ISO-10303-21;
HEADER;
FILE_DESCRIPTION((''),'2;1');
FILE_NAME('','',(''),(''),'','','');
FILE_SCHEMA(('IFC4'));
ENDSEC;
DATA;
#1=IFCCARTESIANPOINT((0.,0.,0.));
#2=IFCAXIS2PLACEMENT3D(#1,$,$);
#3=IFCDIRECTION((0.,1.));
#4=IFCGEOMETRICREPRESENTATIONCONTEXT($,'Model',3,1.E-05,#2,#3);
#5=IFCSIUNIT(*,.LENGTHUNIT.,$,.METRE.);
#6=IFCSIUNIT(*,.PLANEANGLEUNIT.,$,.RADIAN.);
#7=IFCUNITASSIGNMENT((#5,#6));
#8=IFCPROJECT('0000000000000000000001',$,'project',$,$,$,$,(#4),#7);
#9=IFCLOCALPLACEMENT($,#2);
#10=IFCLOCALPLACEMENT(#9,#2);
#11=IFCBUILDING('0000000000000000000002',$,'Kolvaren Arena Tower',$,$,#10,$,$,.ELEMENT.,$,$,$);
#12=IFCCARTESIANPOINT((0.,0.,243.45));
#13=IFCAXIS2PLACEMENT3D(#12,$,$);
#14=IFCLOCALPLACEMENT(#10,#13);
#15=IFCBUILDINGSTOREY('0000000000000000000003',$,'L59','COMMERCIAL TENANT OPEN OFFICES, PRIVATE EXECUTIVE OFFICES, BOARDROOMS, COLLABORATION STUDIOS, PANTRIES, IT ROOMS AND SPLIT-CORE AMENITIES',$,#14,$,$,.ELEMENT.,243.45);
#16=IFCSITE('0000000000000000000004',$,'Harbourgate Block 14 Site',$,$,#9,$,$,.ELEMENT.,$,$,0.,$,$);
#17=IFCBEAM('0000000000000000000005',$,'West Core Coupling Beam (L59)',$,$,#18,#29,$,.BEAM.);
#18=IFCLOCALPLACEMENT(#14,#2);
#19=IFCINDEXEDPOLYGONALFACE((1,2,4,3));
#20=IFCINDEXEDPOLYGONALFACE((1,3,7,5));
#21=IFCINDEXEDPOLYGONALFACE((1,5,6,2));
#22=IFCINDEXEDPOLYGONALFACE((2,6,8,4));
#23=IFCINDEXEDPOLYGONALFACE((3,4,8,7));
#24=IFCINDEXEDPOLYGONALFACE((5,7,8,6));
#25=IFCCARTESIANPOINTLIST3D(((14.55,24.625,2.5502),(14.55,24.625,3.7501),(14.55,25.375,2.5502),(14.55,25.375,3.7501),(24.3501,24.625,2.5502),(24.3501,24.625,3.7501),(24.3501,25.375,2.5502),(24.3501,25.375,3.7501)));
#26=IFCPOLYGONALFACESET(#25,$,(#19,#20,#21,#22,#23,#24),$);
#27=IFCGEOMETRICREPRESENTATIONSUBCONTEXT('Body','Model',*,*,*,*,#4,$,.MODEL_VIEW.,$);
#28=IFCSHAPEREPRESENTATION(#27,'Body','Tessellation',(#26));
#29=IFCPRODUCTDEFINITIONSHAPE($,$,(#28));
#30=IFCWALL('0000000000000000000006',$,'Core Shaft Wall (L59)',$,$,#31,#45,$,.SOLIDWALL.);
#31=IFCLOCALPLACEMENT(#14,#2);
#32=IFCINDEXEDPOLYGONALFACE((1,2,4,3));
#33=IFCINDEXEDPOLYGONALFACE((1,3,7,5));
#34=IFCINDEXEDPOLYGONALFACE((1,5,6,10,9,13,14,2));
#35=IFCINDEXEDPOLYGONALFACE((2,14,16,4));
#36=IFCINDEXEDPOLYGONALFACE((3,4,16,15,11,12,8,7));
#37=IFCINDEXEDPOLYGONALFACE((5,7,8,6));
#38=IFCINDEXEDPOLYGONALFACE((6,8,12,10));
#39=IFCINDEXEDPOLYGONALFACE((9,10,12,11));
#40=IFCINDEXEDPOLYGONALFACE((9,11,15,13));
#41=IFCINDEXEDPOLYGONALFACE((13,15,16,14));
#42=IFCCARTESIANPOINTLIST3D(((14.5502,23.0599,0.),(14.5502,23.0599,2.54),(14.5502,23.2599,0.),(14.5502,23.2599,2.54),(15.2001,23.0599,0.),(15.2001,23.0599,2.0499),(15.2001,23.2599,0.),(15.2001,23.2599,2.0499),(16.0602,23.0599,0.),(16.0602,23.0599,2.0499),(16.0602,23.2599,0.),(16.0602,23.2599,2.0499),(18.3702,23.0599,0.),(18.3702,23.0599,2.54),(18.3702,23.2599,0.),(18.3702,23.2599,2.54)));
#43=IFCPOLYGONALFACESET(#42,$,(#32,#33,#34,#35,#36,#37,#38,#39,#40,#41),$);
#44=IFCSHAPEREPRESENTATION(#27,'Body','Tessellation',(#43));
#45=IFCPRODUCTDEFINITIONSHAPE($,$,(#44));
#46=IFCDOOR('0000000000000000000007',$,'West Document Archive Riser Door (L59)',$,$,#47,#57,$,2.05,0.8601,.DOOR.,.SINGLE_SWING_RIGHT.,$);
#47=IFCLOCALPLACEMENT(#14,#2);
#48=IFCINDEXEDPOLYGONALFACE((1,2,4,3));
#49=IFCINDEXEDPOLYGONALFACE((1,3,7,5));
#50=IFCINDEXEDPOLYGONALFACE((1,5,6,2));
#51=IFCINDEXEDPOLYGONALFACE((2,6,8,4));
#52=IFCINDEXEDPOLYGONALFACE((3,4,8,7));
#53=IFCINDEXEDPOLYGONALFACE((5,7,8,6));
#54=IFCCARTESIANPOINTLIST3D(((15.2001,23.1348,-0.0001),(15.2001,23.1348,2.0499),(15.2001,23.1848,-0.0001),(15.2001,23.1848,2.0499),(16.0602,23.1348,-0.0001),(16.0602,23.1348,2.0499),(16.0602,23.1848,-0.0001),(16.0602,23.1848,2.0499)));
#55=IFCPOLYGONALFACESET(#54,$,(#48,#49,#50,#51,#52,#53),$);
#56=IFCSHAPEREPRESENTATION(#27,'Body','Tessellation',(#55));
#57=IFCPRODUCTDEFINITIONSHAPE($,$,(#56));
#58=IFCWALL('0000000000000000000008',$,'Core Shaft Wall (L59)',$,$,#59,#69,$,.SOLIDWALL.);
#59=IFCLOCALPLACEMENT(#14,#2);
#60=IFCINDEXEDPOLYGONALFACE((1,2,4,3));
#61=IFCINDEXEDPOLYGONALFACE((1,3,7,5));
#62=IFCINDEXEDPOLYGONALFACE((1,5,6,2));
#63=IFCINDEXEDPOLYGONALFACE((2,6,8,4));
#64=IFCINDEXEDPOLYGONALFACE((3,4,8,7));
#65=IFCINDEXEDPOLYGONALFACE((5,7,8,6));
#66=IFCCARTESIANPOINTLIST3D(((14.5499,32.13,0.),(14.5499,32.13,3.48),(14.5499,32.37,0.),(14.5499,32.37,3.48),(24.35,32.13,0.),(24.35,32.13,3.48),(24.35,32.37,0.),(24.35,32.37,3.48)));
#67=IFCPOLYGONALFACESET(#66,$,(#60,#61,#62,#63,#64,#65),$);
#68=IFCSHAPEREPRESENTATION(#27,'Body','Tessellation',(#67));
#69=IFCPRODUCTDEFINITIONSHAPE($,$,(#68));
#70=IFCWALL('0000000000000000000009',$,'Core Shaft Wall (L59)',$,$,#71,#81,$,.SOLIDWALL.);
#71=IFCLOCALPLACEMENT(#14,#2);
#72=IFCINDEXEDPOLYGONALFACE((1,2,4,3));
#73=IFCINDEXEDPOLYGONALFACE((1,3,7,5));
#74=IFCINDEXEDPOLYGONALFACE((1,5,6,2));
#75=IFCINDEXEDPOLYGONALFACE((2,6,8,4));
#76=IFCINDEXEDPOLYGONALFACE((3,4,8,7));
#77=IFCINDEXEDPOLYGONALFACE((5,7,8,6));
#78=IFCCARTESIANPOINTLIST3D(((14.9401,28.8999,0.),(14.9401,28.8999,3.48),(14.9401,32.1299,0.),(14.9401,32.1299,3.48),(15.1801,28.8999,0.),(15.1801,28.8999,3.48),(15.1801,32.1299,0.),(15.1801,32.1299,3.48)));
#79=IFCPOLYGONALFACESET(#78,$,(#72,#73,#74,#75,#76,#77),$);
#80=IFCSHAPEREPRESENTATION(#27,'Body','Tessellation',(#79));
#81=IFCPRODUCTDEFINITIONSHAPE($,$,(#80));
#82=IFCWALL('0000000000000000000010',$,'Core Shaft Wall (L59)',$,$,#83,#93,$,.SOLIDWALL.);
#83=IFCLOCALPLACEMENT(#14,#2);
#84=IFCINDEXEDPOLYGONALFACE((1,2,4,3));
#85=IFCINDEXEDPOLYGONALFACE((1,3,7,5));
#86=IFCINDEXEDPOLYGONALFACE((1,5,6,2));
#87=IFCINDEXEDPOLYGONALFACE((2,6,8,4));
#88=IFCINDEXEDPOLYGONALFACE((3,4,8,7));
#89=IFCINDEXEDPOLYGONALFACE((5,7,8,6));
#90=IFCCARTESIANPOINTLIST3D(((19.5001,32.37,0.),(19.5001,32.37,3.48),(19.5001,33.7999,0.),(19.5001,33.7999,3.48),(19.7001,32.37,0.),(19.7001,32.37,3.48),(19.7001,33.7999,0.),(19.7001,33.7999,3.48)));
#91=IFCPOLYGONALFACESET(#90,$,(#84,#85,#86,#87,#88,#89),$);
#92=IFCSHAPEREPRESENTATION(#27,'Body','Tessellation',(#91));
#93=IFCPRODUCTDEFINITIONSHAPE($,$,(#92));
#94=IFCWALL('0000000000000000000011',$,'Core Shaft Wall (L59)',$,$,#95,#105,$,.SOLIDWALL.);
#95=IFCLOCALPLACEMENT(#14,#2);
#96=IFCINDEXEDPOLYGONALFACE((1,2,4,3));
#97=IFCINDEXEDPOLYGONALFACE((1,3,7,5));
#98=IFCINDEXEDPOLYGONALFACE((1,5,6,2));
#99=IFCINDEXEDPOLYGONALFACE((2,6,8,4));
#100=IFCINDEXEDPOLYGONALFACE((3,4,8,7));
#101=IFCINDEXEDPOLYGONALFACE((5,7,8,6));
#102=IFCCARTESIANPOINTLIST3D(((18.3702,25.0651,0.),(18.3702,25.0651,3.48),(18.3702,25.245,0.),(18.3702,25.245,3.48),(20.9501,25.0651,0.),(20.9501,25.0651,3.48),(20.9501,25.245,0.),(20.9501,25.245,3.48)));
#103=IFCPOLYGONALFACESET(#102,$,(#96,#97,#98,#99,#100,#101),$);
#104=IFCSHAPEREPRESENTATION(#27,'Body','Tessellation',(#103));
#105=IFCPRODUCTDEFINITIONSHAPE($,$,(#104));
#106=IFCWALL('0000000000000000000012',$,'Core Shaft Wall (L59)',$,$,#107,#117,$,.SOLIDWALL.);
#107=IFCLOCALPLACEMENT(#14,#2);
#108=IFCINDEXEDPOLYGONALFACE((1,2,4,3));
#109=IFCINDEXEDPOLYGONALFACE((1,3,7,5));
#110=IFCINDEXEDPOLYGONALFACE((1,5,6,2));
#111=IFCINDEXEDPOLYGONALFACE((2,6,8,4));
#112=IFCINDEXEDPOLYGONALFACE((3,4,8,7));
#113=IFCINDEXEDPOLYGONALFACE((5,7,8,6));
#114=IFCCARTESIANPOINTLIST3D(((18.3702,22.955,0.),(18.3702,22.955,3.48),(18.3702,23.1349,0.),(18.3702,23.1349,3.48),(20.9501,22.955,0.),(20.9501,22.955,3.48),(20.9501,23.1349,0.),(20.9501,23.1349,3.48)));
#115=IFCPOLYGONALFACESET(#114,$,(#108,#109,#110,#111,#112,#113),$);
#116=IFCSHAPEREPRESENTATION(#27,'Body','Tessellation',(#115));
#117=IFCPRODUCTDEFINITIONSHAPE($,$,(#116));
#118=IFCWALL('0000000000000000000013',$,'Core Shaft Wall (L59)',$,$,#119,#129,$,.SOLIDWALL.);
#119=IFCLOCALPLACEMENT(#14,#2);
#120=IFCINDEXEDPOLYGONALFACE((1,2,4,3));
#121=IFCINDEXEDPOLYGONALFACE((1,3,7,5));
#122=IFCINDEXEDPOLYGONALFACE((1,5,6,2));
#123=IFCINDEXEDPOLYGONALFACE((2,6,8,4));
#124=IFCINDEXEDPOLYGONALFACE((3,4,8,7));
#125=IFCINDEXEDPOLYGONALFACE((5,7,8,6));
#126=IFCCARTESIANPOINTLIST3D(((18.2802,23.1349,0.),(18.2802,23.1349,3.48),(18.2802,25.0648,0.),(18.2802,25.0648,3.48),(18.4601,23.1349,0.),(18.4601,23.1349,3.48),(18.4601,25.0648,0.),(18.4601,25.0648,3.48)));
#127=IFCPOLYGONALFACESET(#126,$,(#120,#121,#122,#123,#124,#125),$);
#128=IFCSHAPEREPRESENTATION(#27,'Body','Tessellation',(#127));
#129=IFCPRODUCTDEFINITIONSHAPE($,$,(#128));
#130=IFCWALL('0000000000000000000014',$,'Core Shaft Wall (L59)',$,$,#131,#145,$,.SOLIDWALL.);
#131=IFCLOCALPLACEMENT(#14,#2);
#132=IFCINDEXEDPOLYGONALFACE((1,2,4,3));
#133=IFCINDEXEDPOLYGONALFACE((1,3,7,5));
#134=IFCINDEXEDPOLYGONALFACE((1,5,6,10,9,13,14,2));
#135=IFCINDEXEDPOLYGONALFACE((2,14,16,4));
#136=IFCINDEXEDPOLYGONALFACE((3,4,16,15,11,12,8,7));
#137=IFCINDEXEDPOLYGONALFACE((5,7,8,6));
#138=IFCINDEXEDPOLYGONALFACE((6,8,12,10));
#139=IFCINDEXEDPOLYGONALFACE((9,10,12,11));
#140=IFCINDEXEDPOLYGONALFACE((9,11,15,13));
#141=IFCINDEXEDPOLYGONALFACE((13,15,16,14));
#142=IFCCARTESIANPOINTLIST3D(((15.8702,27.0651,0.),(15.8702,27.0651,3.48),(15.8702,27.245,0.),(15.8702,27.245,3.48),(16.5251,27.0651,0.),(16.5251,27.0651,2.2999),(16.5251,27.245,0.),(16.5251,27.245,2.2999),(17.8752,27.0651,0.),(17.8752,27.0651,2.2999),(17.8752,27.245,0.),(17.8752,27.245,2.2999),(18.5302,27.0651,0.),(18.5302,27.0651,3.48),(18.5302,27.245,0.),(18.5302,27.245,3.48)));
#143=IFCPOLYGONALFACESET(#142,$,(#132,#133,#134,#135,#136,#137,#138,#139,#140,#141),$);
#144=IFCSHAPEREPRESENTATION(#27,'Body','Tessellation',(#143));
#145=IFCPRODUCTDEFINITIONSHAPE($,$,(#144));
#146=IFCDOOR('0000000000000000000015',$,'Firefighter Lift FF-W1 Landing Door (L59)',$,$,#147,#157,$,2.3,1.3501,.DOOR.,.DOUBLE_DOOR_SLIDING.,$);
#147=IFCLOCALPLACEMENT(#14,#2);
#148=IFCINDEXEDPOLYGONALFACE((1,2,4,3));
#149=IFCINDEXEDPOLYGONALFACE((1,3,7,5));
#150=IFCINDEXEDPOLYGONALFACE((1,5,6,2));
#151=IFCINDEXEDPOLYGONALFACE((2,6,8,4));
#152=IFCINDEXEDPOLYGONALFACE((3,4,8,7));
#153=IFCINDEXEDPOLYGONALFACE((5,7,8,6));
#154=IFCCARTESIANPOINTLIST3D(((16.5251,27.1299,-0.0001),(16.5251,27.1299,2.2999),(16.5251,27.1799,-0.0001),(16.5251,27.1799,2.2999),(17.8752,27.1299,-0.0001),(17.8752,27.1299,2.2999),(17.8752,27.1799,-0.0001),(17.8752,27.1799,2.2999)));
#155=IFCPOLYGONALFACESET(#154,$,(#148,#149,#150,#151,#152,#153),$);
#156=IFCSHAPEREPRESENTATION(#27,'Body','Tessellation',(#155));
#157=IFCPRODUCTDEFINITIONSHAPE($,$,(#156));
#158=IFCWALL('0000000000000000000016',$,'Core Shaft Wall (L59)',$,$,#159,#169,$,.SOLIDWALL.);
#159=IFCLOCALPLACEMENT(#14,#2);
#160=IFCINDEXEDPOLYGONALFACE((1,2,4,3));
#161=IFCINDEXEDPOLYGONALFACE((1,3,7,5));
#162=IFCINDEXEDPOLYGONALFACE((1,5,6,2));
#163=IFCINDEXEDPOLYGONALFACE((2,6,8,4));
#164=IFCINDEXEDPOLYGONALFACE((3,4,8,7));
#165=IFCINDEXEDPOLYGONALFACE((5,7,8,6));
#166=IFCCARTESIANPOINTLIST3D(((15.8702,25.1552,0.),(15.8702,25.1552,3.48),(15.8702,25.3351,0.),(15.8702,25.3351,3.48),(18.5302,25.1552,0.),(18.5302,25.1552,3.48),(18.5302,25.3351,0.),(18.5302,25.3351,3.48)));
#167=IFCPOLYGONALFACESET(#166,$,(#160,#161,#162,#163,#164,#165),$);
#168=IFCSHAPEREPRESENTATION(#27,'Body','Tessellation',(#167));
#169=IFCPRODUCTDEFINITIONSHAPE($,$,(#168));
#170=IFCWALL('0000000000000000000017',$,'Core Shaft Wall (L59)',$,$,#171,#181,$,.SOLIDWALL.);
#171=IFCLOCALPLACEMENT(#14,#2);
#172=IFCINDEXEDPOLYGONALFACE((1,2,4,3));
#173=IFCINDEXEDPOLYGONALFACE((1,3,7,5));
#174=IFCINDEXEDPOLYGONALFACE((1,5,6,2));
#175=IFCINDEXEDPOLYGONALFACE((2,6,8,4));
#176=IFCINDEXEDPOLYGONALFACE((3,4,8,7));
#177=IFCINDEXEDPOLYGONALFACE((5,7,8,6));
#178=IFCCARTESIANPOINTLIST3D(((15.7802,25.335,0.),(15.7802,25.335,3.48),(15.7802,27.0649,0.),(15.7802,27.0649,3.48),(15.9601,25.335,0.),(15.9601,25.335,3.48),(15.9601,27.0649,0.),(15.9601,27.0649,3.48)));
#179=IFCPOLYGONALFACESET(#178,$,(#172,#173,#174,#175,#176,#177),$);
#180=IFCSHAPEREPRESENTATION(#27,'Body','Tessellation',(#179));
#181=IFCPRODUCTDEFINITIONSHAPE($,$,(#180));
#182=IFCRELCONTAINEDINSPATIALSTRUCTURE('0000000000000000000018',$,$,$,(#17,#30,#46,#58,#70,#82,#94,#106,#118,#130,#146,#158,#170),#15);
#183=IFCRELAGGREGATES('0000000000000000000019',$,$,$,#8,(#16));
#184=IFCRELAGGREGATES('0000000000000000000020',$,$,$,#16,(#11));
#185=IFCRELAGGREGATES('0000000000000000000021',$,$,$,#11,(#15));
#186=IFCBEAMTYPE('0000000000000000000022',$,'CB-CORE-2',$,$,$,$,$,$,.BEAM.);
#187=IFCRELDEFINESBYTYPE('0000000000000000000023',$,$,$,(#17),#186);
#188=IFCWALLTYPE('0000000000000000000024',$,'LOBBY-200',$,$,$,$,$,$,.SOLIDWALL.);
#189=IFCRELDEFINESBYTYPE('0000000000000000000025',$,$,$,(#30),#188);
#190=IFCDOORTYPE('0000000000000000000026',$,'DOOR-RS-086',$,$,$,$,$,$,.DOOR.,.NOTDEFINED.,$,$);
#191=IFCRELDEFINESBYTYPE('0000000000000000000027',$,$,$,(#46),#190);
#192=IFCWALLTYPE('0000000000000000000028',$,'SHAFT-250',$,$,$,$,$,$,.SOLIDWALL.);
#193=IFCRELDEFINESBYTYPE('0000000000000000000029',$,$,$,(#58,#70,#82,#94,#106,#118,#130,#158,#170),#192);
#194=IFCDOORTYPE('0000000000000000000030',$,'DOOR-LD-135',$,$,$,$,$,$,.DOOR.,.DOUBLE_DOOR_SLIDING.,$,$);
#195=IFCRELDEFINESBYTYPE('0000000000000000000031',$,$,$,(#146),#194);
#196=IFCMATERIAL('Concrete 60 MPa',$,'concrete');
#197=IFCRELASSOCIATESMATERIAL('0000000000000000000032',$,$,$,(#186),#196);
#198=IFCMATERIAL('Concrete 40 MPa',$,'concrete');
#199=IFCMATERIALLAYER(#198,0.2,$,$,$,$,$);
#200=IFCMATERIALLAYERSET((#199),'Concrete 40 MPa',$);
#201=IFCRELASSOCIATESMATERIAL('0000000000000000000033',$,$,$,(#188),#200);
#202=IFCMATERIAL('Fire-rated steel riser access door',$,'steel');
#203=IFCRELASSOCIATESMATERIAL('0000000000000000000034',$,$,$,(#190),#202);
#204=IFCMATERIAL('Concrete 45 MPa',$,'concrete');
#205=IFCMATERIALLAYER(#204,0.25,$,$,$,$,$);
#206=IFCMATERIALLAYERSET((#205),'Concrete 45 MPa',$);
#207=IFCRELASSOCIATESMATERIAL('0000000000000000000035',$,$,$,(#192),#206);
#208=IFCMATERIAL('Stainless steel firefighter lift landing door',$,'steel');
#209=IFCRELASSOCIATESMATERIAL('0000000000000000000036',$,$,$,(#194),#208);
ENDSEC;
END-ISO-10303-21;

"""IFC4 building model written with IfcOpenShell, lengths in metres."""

from ifc_helpers import new_model, si_unit, direction, frame, frame_2d, origin, origin_2d, place, context, subcontext, project, spatial, rectangle, extrude, material, layer, layer_set, material_profile, profile_set, type_object, element, fill, save


model = new_model("IFC4")

# Units and contexts
model_context = context("Model", 3, precision=1e-05, world=origin(), true_north=direction((0.0, 1.0)))
body_context = subcontext(model_context, "Body", "Model", "MODEL_VIEW")
ifc_project = project(units=[si_unit("LENGTHUNIT", "METRE"), si_unit("PLANEANGLEUNIT", "RADIAN")], contexts=[model_context])

# Site, building, storey
site_placement = place(None, origin())
site = spatial("IfcSite", under=ifc_project, at=site_placement, Name="Harbourgate Block 14 Site", CompositionType="ELEMENT", RefElevation=0.0)
building_placement = place(site_placement, origin())
building = spatial("IfcBuilding", under=site, at=building_placement, Name="Kolvaren Arena Tower", CompositionType="ELEMENT")
storey_placement = place(building_placement, frame((0.0, 0.0, 243.45)))
storey = spatial("IfcBuildingStorey", under=building, at=storey_placement, Name="L59", Description="COMMERCIAL TENANT OPEN OFFICES, PRIVATE EXECUTIVE OFFICES, BOARDROOMS, COLLABORATION STUDIOS, PANTRIES, IT ROOMS AND SPLIT-CORE AMENITIES", CompositionType="ELEMENT", Elevation=243.45)

# Beam
ifc_material_1 = material(Name="Concrete 60 MPa", Category="concrete")
ifc_material_profile = material_profile(ifc_material_1, rectangle(XDim=0.75, YDim=1.2, at=origin_2d()), Name="RC-750x1200")
ifc_profile_set = profile_set([ifc_material_profile], Name="Concrete 60 MPa")
beam_type = type_object("IfcBeamType", Name="CB-CORE-2", PredefinedType="BEAM", material=ifc_profile_set)
beam_placement = place(storey_placement, frame((14.55, 25.0, 3.1501), z_axis=(1.0, 0.0, 0.0), x_axis=(0.0, 1.0, 0.0)))
element("IfcBeam", 1, at=beam_placement, inside=storey, type_object=beam_type, Name="West Core Coupling Beam (L59)", PredefinedType="BEAM", context=body_context, shape_type="SweptSolid", body=[
    extrude(rectangle(XDim=0.75, YDim=1.2, at=origin_2d()), origin(), (0.0, 0.0, 1.0), 9.8),
])

# Wall, opening, door
ifc_material_2 = material(Name="Concrete 40 MPa", Category="concrete")
ifc_layer_1 = layer(ifc_material_2, 0.2)
ifc_layer_set_1 = layer_set([ifc_layer_1], Name="Concrete 40 MPa")
wall_type_1 = type_object("IfcWallType", Name="LOBBY-200", PredefinedType="SOLIDWALL", material=ifc_layer_set_1)
wall_1_placement = place(storey_placement, frame((14.55, 23.1599, 0.0), z_axis=(0.0, 0.0, 1.0), x_axis=(1.0, 0.0, 0.0)))
wall_1 = element("IfcWall", 2, at=wall_1_placement, inside=storey, type_object=wall_type_1, Name="Core Shaft Wall (L59)", PredefinedType="SOLIDWALL", context=body_context, shape_type="SweptSolid", body=[
    extrude(rectangle(XDim=3.8201, YDim=0.2, at=frame_2d((1.9102, 0.0))), origin(), (0.0, 0.0, 1.0), 2.54),
])
opening_1_placement = place(wall_1_placement, frame((0.6499, 0.0, 0.0)))
opening_1 = element("IfcOpeningElement", 3, at=opening_1_placement, cuts=wall_1, PredefinedType="OPENING", context=body_context, shape_type="SweptSolid", body=[
    extrude(rectangle(XDim=0.8601, YDim=2.05, at=frame_2d((0.4302, 1.0249))), frame((0.0, 0.1099, 0.0), z_axis=(0.0, -1.0, 0.0), x_axis=(1.0, 0.0, 0.0)), (0.0, 0.0, 1.0), 0.22),
])
ifc_material_3 = material(Name="Fire-rated steel riser access door", Category="steel")
door_type_1 = type_object("IfcDoorType", Name="DOOR-RS-086", OperationType="NOTDEFINED", PredefinedType="DOOR", material=ifc_material_3)
door_1_placement = place(opening_1_placement, origin())
door_1 = element("IfcDoor", 4, at=door_1_placement, inside=storey, type_object=door_type_1, Name="West Document Archive Riser Door (L59)", OperationType="SINGLE_SWING_RIGHT", OverallHeight=2.05, OverallWidth=0.8601, PredefinedType="DOOR", context=body_context, shape_type="SweptSolid", body=[
    extrude(rectangle(XDim=0.8601, YDim=2.05, at=frame_2d((0.4302, 1.0249))), frame((0.0, 0.0249, 0.0), z_axis=(0.0, -1.0, 0.0), x_axis=(1.0, 0.0, 0.0)), (0.0, 0.0, 1.0), 0.05),
])
fill(opening_1, door_1)

# Walls
ifc_material_4 = material(Name="Concrete 45 MPa", Category="concrete")
ifc_layer_2 = layer(ifc_material_4, 0.25)
ifc_layer_set_2 = layer_set([ifc_layer_2], Name="Concrete 45 MPa")
wall_type_2 = type_object("IfcWallType", Name="SHAFT-250", PredefinedType="SOLIDWALL", material=ifc_layer_set_2)
wall_2_placement = place(storey_placement, frame((14.55, 32.25, 0.0), z_axis=(0.0, 0.0, 1.0), x_axis=(1.0, 0.0, 0.0)))
element("IfcWall", 5, at=wall_2_placement, inside=storey, type_object=wall_type_2, Name="Core Shaft Wall (L59)", PredefinedType="SOLIDWALL", context=body_context, shape_type="SweptSolid", body=[
    extrude(rectangle(XDim=9.8, YDim=0.24, at=frame_2d((4.8999, 0.0))), origin(), (0.0, 0.0, 1.0), 3.48),
])
wall_3_placement = place(storey_placement, frame((15.0601, 28.8999, 0.0), z_axis=(0.0, 0.0, 1.0), x_axis=(0.0, 1.0, 0.0)))
element("IfcWall", 6, at=wall_3_placement, inside=storey, type_object=wall_type_2, Name="Core Shaft Wall (L59)", PredefinedType="SOLIDWALL", context=body_context, shape_type="SweptSolid", body=[
    extrude(rectangle(XDim=3.23, YDim=0.24, at=frame_2d((1.615, 0.0))), origin(), (0.0, 0.0, 1.0), 3.48),
])
wall_4_placement = place(storey_placement, frame((19.6001, 32.3701, 0.0), z_axis=(0.0, 0.0, 1.0), x_axis=(0.0, 1.0, 0.0)))
element("IfcWall", 7, at=wall_4_placement, inside=storey, type_object=wall_type_2, Name="Core Shaft Wall (L59)", PredefinedType="SOLIDWALL", context=body_context, shape_type="SweptSolid", body=[
    extrude(rectangle(XDim=1.4299, YDim=0.2, at=frame_2d((0.7148, 0.0))), origin(), (0.0, 0.0, 1.0), 3.48),
])
for number, where, z_axis, x_axis, name in (
    (8, (18.3701, 25.155, 0.0), (0.0, 0.0, 1.0), (1.0, 0.0, 0.0), "Core Shaft Wall (L59)"),
    (9, (18.3701, 23.0449, 0.0), (0.0, 0.0, 1.0), (1.0, 0.0, 0.0), "Core Shaft Wall (L59)"),
):
    element("IfcWall", number, at=place(storey_placement, frame(where, z_axis=z_axis, x_axis=x_axis)), inside=storey, type_object=wall_type_2, Name=name, PredefinedType="SOLIDWALL", context=body_context, shape_type="SweptSolid", body=[
        extrude(rectangle(XDim=2.5798, YDim=0.1799, at=frame_2d((1.29, 0.0))), origin(), (0.0, 0.0, 1.0), 3.48),
    ])
wall_5_placement = place(storey_placement, frame((18.3701, 23.135, 0.0), z_axis=(0.0, 0.0, 1.0), x_axis=(0.0, 1.0, 0.0)))
element("IfcWall", 10, at=wall_5_placement, inside=storey, type_object=wall_type_2, Name="Core Shaft Wall (L59)", PredefinedType="SOLIDWALL", context=body_context, shape_type="SweptSolid", body=[
    extrude(rectangle(XDim=1.9299, YDim=0.1799, at=frame_2d((0.9648, 0.0))), origin(), (0.0, 0.0, 1.0), 3.48),
])

# Wall, opening, door
wall_6_placement = place(storey_placement, frame((15.8701, 27.155, 0.0), z_axis=(0.0, 0.0, 1.0), x_axis=(1.0, 0.0, 0.0)))
wall_6 = element("IfcWall", 11, at=wall_6_placement, inside=storey, type_object=wall_type_2, Name="Core Shaft Wall (L59)", PredefinedType="SOLIDWALL", context=body_context, shape_type="SweptSolid", body=[
    extrude(rectangle(XDim=2.6599, YDim=0.1799, at=frame_2d((1.3301, 0.0))), origin(), (0.0, 0.0, 1.0), 3.48),
])
opening_2_placement = place(wall_6_placement, frame((0.655, 0.0, 0.0)))
opening_2 = element("IfcOpeningElement", 12, at=opening_2_placement, cuts=wall_6, PredefinedType="OPENING", context=body_context, shape_type="SweptSolid", body=[
    extrude(rectangle(XDim=1.3501, YDim=2.3, at=frame_2d((0.675, 1.1499))), frame((0.0, 0.0999, 0.0), z_axis=(0.0, -1.0, 0.0), x_axis=(1.0, 0.0, 0.0)), (0.0, 0.0, 1.0), 0.2),
])
ifc_material_5 = material(Name="Stainless steel firefighter lift landing door", Category="steel")
door_type_2 = type_object("IfcDoorType", Name="DOOR-LD-135", OperationType="DOUBLE_DOOR_SLIDING", PredefinedType="DOOR", material=ifc_material_5)
door_2_placement = place(opening_2_placement, origin())
door_2 = element("IfcDoor", 13, at=door_2_placement, inside=storey, type_object=door_type_2, Name="Firefighter Lift FF-W1 Landing Door (L59)", OperationType="DOUBLE_DOOR_SLIDING", OverallHeight=2.3, OverallWidth=1.3501, PredefinedType="DOOR", context=body_context, shape_type="SweptSolid", body=[
    extrude(rectangle(XDim=1.3501, YDim=2.3, at=frame_2d((0.675, 1.1499))), frame((0.0, 0.0249, 0.0), z_axis=(0.0, -1.0, 0.0), x_axis=(1.0, 0.0, 0.0)), (0.0, 0.0, 1.0), 0.05),
])
fill(opening_2, door_2)

# Walls
wall_7_placement = place(storey_placement, frame((15.8701, 25.2451, 0.0), z_axis=(0.0, 0.0, 1.0), x_axis=(1.0, 0.0, 0.0)))
element("IfcWall", 14, at=wall_7_placement, inside=storey, type_object=wall_type_2, Name="Core Shaft Wall (L59)", PredefinedType="SOLIDWALL", context=body_context, shape_type="SweptSolid", body=[
    extrude(rectangle(XDim=2.6599, YDim=0.1799, at=frame_2d((1.3301, 0.0))), origin(), (0.0, 0.0, 1.0), 3.48),
])
for number, where, z_axis, x_axis, name in (
    (15, (15.8701, 25.335, 0.0), (0.0, 0.0, 1.0), (0.0, 1.0, 0.0), "Core Shaft Wall (L59)"),
):
    element("IfcWall", number, at=place(storey_placement, frame(where, z_axis=z_axis, x_axis=x_axis)), inside=storey, type_object=wall_type_2, Name=name, PredefinedType="SOLIDWALL", context=body_context, shape_type="SweptSolid", body=[
        extrude(rectangle(XDim=1.73, YDim=0.1799, at=frame_2d((0.865, 0.0))), origin(), (0.0, 0.0, 1.0), 3.48),
    ])

save(model, "model.ifc")
